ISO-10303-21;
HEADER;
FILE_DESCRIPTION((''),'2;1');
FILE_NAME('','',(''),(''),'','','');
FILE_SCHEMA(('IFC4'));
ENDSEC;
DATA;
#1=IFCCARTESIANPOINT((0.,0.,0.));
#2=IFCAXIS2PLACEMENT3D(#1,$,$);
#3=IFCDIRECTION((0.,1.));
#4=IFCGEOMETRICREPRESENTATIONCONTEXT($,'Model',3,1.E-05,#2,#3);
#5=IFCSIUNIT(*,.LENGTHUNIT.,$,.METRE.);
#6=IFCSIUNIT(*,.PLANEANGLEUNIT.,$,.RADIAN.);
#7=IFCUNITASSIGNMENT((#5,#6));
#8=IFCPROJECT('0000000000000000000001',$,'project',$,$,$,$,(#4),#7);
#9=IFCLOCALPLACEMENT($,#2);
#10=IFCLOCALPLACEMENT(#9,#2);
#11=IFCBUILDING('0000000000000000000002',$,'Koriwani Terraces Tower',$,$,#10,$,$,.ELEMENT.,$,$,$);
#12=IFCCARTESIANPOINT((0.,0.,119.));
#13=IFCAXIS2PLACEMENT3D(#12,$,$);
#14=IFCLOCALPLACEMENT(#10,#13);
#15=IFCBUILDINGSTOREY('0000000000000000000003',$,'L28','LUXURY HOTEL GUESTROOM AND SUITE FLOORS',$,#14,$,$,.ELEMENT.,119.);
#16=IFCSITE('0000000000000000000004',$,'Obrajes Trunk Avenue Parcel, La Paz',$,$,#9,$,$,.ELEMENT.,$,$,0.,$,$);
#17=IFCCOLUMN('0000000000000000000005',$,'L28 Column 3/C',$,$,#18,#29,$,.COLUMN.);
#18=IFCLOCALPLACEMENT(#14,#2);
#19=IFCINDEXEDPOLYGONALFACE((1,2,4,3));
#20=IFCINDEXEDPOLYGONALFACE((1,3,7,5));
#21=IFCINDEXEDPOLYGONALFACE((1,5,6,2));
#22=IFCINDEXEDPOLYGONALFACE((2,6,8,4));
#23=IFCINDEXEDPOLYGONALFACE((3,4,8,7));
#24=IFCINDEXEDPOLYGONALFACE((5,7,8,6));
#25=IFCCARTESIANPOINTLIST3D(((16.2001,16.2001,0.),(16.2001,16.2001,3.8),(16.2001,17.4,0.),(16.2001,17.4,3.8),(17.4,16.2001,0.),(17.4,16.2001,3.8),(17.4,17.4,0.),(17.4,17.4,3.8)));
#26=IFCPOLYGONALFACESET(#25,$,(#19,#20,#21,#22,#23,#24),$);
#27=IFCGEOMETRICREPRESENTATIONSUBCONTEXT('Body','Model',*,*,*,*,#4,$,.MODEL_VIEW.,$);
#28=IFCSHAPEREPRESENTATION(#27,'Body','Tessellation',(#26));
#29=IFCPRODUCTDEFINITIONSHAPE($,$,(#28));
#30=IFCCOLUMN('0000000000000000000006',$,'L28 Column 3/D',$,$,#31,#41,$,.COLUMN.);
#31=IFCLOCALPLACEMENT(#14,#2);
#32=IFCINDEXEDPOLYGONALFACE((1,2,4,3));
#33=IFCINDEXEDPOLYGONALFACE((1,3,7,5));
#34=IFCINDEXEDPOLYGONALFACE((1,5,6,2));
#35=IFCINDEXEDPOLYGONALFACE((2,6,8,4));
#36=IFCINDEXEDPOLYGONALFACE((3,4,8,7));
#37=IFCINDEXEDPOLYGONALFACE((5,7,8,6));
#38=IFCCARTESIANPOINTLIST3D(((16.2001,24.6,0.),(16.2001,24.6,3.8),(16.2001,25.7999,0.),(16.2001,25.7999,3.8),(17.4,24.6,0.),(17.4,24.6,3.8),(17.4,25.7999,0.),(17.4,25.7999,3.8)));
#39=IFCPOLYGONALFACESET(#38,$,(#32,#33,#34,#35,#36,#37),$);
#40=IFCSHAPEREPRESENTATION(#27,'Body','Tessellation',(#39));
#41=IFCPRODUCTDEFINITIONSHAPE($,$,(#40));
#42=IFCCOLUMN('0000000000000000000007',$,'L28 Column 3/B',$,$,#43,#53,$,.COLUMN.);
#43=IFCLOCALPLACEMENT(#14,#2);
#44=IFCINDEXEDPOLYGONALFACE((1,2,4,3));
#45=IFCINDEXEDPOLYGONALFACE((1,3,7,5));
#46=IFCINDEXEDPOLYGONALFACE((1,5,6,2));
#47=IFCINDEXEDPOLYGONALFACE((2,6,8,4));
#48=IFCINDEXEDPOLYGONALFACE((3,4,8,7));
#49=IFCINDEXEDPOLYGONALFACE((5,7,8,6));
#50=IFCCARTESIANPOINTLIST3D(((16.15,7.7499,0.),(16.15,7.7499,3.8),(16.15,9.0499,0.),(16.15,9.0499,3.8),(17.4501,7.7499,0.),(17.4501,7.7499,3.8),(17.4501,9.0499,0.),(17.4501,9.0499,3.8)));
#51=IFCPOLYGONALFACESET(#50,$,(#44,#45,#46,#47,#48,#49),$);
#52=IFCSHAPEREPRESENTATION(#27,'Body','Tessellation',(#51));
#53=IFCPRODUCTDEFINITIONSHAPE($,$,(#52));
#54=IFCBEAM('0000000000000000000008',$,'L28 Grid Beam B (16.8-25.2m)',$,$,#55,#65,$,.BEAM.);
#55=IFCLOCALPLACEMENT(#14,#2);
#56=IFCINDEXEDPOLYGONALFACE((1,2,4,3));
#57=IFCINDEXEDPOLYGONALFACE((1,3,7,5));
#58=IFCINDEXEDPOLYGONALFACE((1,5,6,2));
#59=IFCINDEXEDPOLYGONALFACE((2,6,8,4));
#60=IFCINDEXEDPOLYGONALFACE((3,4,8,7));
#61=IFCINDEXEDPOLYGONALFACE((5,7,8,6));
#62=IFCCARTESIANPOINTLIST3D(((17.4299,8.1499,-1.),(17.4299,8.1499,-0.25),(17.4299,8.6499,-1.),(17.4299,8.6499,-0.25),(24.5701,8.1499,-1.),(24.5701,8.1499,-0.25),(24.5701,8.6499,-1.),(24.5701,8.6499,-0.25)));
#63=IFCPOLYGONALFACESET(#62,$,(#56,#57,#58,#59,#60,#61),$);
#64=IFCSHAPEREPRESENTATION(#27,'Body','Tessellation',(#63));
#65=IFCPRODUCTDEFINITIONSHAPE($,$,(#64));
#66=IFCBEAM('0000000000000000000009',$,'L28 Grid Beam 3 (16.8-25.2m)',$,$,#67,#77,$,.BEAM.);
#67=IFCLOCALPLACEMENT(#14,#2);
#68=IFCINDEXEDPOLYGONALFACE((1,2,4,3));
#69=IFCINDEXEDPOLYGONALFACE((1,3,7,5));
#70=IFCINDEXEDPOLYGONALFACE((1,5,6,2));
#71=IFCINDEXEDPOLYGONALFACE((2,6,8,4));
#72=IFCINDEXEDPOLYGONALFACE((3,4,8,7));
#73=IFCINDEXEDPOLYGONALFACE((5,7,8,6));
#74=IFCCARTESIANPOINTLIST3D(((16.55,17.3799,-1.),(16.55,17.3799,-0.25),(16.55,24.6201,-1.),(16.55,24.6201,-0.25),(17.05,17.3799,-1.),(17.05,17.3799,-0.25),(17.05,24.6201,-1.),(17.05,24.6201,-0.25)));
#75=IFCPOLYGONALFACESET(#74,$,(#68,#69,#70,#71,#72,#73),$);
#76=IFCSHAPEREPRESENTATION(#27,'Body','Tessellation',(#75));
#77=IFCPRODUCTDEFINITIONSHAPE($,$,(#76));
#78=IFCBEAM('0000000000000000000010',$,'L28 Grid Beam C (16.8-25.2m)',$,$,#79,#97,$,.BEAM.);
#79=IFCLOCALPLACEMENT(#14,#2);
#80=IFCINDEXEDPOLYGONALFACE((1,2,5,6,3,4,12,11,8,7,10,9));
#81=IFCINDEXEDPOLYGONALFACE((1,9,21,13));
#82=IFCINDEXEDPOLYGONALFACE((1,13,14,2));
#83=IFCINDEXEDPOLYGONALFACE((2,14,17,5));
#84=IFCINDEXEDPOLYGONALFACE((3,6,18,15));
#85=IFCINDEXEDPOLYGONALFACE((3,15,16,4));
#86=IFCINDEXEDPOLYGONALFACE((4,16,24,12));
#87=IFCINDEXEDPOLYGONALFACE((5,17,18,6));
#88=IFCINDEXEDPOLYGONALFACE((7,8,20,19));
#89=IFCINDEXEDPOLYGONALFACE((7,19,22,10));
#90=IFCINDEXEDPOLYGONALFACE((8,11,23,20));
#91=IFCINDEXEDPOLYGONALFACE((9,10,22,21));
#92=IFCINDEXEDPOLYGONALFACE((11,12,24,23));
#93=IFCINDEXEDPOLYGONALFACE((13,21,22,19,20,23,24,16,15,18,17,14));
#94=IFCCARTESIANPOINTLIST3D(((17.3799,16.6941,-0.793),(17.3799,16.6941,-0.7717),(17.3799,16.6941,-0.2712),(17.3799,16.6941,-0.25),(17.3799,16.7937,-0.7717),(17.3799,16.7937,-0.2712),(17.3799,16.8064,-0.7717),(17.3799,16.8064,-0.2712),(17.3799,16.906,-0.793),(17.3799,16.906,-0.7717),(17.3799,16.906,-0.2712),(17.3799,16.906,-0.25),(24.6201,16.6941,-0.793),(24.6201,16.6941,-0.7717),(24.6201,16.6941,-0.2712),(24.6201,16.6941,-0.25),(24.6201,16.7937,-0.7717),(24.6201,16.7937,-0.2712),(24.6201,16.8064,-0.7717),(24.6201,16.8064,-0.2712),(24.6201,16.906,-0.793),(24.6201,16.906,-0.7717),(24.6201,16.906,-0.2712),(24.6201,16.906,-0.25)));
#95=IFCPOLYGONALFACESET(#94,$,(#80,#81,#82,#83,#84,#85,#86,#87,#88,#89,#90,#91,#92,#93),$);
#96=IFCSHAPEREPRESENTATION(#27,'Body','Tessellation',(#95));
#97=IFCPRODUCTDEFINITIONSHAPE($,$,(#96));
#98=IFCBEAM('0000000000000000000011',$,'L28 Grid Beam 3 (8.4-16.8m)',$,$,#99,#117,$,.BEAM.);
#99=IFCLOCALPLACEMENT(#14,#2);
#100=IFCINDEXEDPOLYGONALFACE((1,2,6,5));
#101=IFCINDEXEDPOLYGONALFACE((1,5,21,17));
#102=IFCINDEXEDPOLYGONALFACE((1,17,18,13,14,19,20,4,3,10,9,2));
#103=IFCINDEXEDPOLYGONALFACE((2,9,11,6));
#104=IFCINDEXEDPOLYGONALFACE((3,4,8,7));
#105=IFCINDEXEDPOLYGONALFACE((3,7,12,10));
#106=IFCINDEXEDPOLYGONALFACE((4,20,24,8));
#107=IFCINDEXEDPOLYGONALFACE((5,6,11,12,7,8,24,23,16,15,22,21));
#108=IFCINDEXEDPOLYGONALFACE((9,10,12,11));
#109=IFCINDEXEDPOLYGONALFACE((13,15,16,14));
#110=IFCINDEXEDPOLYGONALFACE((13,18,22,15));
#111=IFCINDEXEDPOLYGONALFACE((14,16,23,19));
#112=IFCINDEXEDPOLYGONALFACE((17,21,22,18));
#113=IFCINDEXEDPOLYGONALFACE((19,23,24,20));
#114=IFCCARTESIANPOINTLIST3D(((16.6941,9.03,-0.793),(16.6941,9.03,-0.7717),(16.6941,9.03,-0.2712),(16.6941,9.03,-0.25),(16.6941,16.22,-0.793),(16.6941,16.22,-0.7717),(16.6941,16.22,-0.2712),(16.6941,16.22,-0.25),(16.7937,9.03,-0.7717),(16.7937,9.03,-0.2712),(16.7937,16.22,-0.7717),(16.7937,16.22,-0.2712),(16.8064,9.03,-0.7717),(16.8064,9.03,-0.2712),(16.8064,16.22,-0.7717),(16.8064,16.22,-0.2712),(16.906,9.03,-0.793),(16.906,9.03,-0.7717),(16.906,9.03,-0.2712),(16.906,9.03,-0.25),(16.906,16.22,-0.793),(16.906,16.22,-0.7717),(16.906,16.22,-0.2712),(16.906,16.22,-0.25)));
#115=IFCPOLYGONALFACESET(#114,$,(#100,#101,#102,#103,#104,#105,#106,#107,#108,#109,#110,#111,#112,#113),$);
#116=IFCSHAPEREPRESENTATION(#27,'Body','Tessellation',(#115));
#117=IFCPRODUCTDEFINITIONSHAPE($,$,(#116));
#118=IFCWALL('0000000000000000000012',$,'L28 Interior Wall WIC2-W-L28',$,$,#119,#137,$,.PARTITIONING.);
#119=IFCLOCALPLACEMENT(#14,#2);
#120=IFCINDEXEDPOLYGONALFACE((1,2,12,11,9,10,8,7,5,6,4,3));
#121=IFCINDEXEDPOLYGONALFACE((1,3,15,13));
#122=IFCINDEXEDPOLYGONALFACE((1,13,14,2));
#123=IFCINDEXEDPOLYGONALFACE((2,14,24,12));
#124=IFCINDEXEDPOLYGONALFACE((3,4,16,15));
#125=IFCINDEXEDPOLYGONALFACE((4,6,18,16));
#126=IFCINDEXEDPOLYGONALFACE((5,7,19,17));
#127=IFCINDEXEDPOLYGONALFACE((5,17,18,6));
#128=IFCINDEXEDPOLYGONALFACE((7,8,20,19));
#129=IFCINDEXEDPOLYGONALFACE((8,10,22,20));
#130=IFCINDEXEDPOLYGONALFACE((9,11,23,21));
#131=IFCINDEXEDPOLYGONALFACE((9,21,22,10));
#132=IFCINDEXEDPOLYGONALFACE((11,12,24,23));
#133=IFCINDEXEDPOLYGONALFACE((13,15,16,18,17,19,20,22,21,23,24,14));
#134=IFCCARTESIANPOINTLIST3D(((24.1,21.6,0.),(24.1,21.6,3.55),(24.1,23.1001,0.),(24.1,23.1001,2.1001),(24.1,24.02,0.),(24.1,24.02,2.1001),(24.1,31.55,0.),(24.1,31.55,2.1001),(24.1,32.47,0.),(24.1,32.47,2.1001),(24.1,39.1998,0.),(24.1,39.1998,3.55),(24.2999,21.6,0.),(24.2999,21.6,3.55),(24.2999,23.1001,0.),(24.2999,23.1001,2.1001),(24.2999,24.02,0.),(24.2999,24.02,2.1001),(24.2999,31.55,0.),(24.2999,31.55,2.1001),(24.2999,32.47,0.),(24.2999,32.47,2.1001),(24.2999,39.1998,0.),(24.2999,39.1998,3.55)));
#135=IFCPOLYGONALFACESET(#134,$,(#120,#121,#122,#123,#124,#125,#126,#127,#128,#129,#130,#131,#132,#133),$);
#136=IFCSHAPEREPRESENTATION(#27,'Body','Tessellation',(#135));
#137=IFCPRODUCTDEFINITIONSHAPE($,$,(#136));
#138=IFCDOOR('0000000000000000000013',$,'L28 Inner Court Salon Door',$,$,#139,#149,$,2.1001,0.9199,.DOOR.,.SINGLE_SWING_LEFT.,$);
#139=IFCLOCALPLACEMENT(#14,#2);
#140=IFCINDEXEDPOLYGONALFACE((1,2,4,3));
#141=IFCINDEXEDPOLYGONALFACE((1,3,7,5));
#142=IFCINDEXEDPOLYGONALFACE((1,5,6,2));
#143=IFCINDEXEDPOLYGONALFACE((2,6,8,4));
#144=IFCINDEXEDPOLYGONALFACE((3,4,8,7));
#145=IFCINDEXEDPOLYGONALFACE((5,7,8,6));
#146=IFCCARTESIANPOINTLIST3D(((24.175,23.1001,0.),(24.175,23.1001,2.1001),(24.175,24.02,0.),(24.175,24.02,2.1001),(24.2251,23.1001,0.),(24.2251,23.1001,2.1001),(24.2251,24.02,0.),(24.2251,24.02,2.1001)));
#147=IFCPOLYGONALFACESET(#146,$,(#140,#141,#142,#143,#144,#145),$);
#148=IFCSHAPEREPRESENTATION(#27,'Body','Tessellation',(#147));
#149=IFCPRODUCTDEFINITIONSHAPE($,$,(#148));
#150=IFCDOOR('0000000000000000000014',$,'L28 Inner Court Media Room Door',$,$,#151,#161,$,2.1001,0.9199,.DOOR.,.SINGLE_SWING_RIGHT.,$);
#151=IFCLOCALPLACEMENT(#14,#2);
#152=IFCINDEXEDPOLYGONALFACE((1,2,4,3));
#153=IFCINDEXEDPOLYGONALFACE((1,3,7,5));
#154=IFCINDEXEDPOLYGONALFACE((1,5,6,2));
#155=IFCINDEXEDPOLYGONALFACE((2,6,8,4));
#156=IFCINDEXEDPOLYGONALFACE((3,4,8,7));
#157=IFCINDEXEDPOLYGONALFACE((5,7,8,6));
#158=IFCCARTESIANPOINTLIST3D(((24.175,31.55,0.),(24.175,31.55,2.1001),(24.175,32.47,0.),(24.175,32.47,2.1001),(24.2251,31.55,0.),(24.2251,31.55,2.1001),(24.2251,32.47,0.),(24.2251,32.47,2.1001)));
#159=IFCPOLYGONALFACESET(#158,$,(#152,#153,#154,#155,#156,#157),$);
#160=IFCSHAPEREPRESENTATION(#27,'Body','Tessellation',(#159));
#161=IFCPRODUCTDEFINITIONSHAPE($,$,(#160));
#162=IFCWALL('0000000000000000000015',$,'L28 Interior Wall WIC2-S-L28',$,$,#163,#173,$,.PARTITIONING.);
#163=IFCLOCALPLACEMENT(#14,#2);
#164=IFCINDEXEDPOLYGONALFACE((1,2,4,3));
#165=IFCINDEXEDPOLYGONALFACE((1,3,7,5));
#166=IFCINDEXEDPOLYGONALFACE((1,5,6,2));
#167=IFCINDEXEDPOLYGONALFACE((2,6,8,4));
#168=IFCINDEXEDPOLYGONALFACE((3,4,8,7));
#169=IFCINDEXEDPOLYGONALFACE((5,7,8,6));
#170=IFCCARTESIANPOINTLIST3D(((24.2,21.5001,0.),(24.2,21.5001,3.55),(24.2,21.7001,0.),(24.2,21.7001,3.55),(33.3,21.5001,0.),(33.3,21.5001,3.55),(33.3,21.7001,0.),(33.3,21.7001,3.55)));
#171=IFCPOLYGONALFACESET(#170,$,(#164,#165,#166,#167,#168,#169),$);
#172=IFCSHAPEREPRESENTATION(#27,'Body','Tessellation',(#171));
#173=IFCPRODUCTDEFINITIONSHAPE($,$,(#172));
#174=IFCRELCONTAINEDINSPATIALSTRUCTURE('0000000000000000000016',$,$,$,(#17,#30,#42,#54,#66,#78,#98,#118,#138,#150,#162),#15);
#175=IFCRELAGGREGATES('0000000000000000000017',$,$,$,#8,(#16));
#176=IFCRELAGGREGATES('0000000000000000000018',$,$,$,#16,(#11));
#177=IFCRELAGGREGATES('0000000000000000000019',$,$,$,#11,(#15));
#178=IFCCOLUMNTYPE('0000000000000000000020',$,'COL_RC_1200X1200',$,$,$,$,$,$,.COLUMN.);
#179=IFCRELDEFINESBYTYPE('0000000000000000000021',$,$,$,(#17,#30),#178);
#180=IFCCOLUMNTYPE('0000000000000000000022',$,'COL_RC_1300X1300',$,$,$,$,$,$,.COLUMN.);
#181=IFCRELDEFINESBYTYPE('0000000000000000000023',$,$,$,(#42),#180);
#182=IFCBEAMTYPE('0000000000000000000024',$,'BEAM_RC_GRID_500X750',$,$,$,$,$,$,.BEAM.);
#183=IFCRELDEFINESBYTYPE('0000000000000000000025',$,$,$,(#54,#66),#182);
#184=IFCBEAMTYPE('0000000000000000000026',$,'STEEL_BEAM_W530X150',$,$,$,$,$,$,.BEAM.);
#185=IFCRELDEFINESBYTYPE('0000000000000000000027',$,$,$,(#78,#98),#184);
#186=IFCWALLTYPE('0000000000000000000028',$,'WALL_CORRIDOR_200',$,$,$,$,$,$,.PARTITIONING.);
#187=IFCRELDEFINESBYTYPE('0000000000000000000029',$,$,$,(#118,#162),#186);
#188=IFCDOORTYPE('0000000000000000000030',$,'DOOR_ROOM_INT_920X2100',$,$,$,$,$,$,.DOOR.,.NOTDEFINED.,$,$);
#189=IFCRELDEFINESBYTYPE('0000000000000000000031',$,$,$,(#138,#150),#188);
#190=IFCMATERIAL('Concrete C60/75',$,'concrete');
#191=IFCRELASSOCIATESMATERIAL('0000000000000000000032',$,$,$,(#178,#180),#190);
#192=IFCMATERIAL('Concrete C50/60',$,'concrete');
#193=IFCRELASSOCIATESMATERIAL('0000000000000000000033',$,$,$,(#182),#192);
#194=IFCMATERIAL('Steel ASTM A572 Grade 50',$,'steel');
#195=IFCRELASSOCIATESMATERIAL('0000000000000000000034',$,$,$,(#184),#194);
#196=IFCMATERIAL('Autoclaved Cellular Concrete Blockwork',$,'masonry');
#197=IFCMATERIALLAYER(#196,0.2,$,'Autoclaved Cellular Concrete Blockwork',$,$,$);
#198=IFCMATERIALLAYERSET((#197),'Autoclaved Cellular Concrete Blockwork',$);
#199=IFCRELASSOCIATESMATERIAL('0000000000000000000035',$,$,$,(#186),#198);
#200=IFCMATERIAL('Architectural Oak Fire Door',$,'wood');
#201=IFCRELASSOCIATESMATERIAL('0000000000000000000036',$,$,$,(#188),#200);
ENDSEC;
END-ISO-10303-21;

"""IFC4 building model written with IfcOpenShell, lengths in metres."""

from ifc_helpers import new_model, si_unit, direction, frame, frame_2d, origin, origin_2d, place, context, subcontext, project, spatial, rectangle, i_section, extrude, material, layer, layer_set, material_profile, profile_set, type_object, element, fill, save


model = new_model("IFC4")

# Units and contexts
model_context = context("Model", 3, precision=1e-05, world=origin(), true_north=direction((0.0, 1.0)))
body_context = subcontext(model_context, "Body", "Model", "MODEL_VIEW")
ifc_project = project(units=[si_unit("LENGTHUNIT", "METRE"), si_unit("PLANEANGLEUNIT", "RADIAN")], contexts=[model_context])

# Site, building, storey
site_placement = place(None, origin())
site = spatial("IfcSite", under=ifc_project, at=site_placement, Name="Obrajes Trunk Avenue Parcel, La Paz", CompositionType="ELEMENT", RefElevation=0.0)
building_placement = place(site_placement, origin())
building = spatial("IfcBuilding", under=site, at=building_placement, Name="Koriwani Terraces Tower", CompositionType="ELEMENT")
storey_placement = place(building_placement, frame((0.0, 0.0, 119.0)))
storey = spatial("IfcBuildingStorey", under=building, at=storey_placement, Name="L28", Description="LUXURY HOTEL GUESTROOM AND SUITE FLOORS", CompositionType="ELEMENT", Elevation=119.0)

# Columns
ifc_material_1 = material(Name="Concrete C60/75", Category="concrete")
ifc_material_profile_1 = material_profile(ifc_material_1, rectangle(XDim=1.2, YDim=1.2, at=origin_2d()), Name="Concrete C60/75", Category="LoadBearing")
ifc_profile_set_1 = profile_set([ifc_material_profile_1], Name="Concrete C60/75")
column_type_1 = type_object("IfcColumnType", Name="COL_RC_1200X1200", PredefinedType="COLUMN", material=ifc_profile_set_1)
for number, where, z_axis, x_axis, name in (
    (1, (16.8, 16.8, 0.0), (0.0, 0.0, 1.0), (1.0, 0.0, 0.0), "L28 Column 3/C"),
    (2, (16.8, 25.2, 0.0), (0.0, 0.0, 1.0), (1.0, 0.0, 0.0), "L28 Column 3/D"),
):
    element("IfcColumn", number, at=place(storey_placement, frame(where, z_axis=z_axis, x_axis=x_axis)), inside=storey, type_object=column_type_1, Name=name, PredefinedType="COLUMN", context=body_context, shape_type="SweptSolid", body=[
        extrude(rectangle(XDim=1.2, YDim=1.2, at=origin_2d()), origin(), (0.0, 0.0, 1.0), 3.8),
    ])
ifc_material_profile_2 = material_profile(ifc_material_1, rectangle(XDim=1.3, YDim=1.3, at=origin_2d()), Name="Concrete C60/75", Category="LoadBearing")
ifc_profile_set_2 = profile_set([ifc_material_profile_2], Name="Concrete C60/75")
column_type_2 = type_object("IfcColumnType", Name="COL_RC_1300X1300", PredefinedType="COLUMN", material=ifc_profile_set_2)
column_placement = place(storey_placement, frame((16.8, 8.3999, 0.0), z_axis=(0.0, 0.0, 1.0), x_axis=(1.0, 0.0, 0.0)))
element("IfcColumn", 3, at=column_placement, inside=storey, type_object=column_type_2, Name="L28 Column 3/B", PredefinedType="COLUMN", context=body_context, shape_type="SweptSolid", body=[
    extrude(rectangle(XDim=1.3, YDim=1.3, at=origin_2d()), origin(), (0.0, 0.0, 1.0), 3.8),
])

# Beams
ifc_material_2 = material(Name="Concrete C50/60", Category="concrete")
ifc_material_profile_3 = material_profile(ifc_material_2, rectangle(XDim=0.5, YDim=0.75, at=origin_2d()), Name="Concrete C50/60", Category="LoadBearing")
ifc_profile_set_3 = profile_set([ifc_material_profile_3], Name="Concrete C50/60")
beam_type_1 = type_object("IfcBeamType", Name="BEAM_RC_GRID_500X750", PredefinedType="BEAM", material=ifc_profile_set_3)
beam_1_placement = place(storey_placement, frame((17.4299, 8.3999, -0.625), z_axis=(1.0, 0.0, 0.0), x_axis=(0.0, 1.0, 0.0)))
element("IfcBeam", 4, at=beam_1_placement, inside=storey, type_object=beam_type_1, Name="L28 Grid Beam B (16.8-25.2m)", PredefinedType="BEAM", context=body_context, shape_type="SweptSolid", body=[
    extrude(rectangle(XDim=0.5, YDim=0.75, at=origin_2d()), origin(), (0.0, 0.0, 1.0), 7.1401),
])
beam_2_placement = place(storey_placement, frame((16.8, 17.3799, -0.625), z_axis=(0.0, 1.0, 0.0), x_axis=(-1.0, 0.0, 0.0)))
element("IfcBeam", 5, at=beam_2_placement, inside=storey, type_object=beam_type_1, Name="L28 Grid Beam 3 (16.8-25.2m)", PredefinedType="BEAM", context=body_context, shape_type="SweptSolid", body=[
    extrude(rectangle(XDim=0.5, YDim=0.75, at=origin_2d()), origin(), (0.0, 0.0, 1.0), 7.2402),
])
ifc_material_3 = material(Name="Steel ASTM A572 Grade 50", Category="steel")
ifc_material_profile_4 = material_profile(ifc_material_3, i_section(OverallWidth=0.2119, OverallDepth=0.543, WebThickness=0.0127, FlangeThickness=0.0212, at=origin_2d()), Name="Steel ASTM A572 Grade 50", Category="LoadBearing")
ifc_profile_set_4 = profile_set([ifc_material_profile_4], Name="Steel ASTM A572 Grade 50")
beam_type_2 = type_object("IfcBeamType", Name="STEEL_BEAM_W530X150", PredefinedType="BEAM", material=ifc_profile_set_4)
beam_3_placement = place(storey_placement, frame((17.3799, 16.8, -0.5215), z_axis=(1.0, 0.0, 0.0), x_axis=(0.0, 1.0, 0.0)))
element("IfcBeam", 6, at=beam_3_placement, inside=storey, type_object=beam_type_2, Name="L28 Grid Beam C (16.8-25.2m)", PredefinedType="BEAM", context=body_context, shape_type="SweptSolid", body=[
    extrude(i_section(OverallWidth=0.2119, OverallDepth=0.543, WebThickness=0.0127, FlangeThickness=0.0212, at=origin_2d()), origin(), (0.0, 0.0, 1.0), 7.2402),
])
beam_4_placement = place(storey_placement, frame((16.8, 9.03, -0.5215), z_axis=(0.0, 1.0, 0.0), x_axis=(-1.0, 0.0, 0.0)))
element("IfcBeam", 7, at=beam_4_placement, inside=storey, type_object=beam_type_2, Name="L28 Grid Beam 3 (8.4-16.8m)", PredefinedType="BEAM", context=body_context, shape_type="SweptSolid", body=[
    extrude(i_section(OverallWidth=0.2119, OverallDepth=0.543, WebThickness=0.0127, FlangeThickness=0.0212, at=origin_2d()), origin(), (0.0, 0.0, 1.0), 7.1899),
])

# Wall, openings, doors
ifc_material_4 = material(Name="Autoclaved Cellular Concrete Blockwork", Category="masonry")
ifc_layer_1 = layer(ifc_material_4, 0.2, Name="Autoclaved Cellular Concrete Blockwork")
ifc_layer_set_1 = layer_set([ifc_layer_1], Name="Autoclaved Cellular Concrete Blockwork")
wall_type_1 = type_object("IfcWallType", Name="WALL_CORRIDOR_200", PredefinedType="PARTITIONING", material=ifc_layer_set_1)
wall_1_placement = place(storey_placement, frame((24.2, 21.6001, 0.0), z_axis=(0.0, 0.0, 1.0), x_axis=(0.0, 1.0, 0.0)))
wall_1 = element("IfcWall", 8, at=wall_1_placement, inside=storey, type_object=wall_type_1, Name="L28 Interior Wall WIC2-W-L28", PredefinedType="PARTITIONING", context=body_context, shape_type="SweptSolid", body=[
    extrude(rectangle(XDim=17.5999, YDim=0.2, at=frame_2d((8.7998, 0.0))), origin(), (0.0, 0.0, 1.0), 3.55),
])
opening_1_placement = place(wall_1_placement, frame((1.5, 0.0, 0.0)))
opening_1 = element("IfcOpeningElement", 9, at=opening_1_placement, cuts=wall_1, PredefinedType="OPENING", context=body_context, shape_type="SweptSolid", body=[
    extrude(rectangle(XDim=0.9199, YDim=2.1001, at=frame_2d((0.46, 1.05))), frame((0.0, 0.1099, 0.0), z_axis=(0.0, -1.0, 0.0), x_axis=(1.0, 0.0, 0.0)), (0.0, 0.0, 1.0), 0.22),
])
opening_2_placement = place(wall_1_placement, frame((9.95, 0.0, 0.0)))
opening_2 = element("IfcOpeningElement", 10, at=opening_2_placement, cuts=wall_1, PredefinedType="OPENING", context=body_context, shape_type="SweptSolid", body=[
    extrude(rectangle(XDim=0.9199, YDim=2.1001, at=frame_2d((0.46, 1.05))), frame((0.0, 0.1099, 0.0), z_axis=(0.0, -1.0, 0.0), x_axis=(1.0, 0.0, 0.0)), (0.0, 0.0, 1.0), 0.22),
])
ifc_material_5 = material(Name="Architectural Oak Fire Door", Category="wood")
door_type_1 = type_object("IfcDoorType", Name="DOOR_ROOM_INT_920X2100", OperationType="NOTDEFINED", PredefinedType="DOOR", material=ifc_material_5)
door_1_placement = place(opening_1_placement, origin())
door_1 = element("IfcDoor", 11, at=door_1_placement, inside=storey, type_object=door_type_1, Name="L28 Inner Court Salon Door", OperationType="SINGLE_SWING_LEFT", OverallHeight=2.1001, OverallWidth=0.9199, PredefinedType="DOOR", context=body_context, shape_type="SweptSolid", body=[
    extrude(rectangle(XDim=0.9199, YDim=2.1001, at=frame_2d((0.46, 1.05))), frame((0.0, 0.0249, 0.0), z_axis=(0.0, -1.0, 0.0), x_axis=(1.0, 0.0, 0.0)), (0.0, 0.0, 1.0), 0.05),
])
fill(opening_1, door_1)
door_2_placement = place(opening_2_placement, origin())
door_2 = element("IfcDoor", 12, at=door_2_placement, inside=storey, type_object=door_type_1, Name="L28 Inner Court Media Room Door", OperationType="SINGLE_SWING_RIGHT", OverallHeight=2.1001, OverallWidth=0.9199, PredefinedType="DOOR", context=body_context, shape_type="SweptSolid", body=[
    extrude(rectangle(XDim=0.9199, YDim=2.1001, at=frame_2d((0.46, 1.05))), frame((0.0, 0.0249, 0.0), z_axis=(0.0, -1.0, 0.0), x_axis=(1.0, 0.0, 0.0)), (0.0, 0.0, 1.0), 0.05),
])
fill(opening_2, door_2)

# Wall
wall_2_placement = place(storey_placement, frame((24.2, 21.6001, 0.0), z_axis=(0.0, 0.0, 1.0), x_axis=(1.0, 0.0, 0.0)))
element("IfcWall", 13, at=wall_2_placement, inside=storey, type_object=wall_type_1, Name="L28 Interior Wall WIC2-S-L28", PredefinedType="PARTITIONING", context=body_context, shape_type="SweptSolid", body=[
    extrude(rectangle(XDim=9.1001, YDim=0.2, at=frame_2d((4.55, 0.0))), origin(), (0.0, 0.0, 1.0), 3.55),
])

save(model, "model.ifc")
